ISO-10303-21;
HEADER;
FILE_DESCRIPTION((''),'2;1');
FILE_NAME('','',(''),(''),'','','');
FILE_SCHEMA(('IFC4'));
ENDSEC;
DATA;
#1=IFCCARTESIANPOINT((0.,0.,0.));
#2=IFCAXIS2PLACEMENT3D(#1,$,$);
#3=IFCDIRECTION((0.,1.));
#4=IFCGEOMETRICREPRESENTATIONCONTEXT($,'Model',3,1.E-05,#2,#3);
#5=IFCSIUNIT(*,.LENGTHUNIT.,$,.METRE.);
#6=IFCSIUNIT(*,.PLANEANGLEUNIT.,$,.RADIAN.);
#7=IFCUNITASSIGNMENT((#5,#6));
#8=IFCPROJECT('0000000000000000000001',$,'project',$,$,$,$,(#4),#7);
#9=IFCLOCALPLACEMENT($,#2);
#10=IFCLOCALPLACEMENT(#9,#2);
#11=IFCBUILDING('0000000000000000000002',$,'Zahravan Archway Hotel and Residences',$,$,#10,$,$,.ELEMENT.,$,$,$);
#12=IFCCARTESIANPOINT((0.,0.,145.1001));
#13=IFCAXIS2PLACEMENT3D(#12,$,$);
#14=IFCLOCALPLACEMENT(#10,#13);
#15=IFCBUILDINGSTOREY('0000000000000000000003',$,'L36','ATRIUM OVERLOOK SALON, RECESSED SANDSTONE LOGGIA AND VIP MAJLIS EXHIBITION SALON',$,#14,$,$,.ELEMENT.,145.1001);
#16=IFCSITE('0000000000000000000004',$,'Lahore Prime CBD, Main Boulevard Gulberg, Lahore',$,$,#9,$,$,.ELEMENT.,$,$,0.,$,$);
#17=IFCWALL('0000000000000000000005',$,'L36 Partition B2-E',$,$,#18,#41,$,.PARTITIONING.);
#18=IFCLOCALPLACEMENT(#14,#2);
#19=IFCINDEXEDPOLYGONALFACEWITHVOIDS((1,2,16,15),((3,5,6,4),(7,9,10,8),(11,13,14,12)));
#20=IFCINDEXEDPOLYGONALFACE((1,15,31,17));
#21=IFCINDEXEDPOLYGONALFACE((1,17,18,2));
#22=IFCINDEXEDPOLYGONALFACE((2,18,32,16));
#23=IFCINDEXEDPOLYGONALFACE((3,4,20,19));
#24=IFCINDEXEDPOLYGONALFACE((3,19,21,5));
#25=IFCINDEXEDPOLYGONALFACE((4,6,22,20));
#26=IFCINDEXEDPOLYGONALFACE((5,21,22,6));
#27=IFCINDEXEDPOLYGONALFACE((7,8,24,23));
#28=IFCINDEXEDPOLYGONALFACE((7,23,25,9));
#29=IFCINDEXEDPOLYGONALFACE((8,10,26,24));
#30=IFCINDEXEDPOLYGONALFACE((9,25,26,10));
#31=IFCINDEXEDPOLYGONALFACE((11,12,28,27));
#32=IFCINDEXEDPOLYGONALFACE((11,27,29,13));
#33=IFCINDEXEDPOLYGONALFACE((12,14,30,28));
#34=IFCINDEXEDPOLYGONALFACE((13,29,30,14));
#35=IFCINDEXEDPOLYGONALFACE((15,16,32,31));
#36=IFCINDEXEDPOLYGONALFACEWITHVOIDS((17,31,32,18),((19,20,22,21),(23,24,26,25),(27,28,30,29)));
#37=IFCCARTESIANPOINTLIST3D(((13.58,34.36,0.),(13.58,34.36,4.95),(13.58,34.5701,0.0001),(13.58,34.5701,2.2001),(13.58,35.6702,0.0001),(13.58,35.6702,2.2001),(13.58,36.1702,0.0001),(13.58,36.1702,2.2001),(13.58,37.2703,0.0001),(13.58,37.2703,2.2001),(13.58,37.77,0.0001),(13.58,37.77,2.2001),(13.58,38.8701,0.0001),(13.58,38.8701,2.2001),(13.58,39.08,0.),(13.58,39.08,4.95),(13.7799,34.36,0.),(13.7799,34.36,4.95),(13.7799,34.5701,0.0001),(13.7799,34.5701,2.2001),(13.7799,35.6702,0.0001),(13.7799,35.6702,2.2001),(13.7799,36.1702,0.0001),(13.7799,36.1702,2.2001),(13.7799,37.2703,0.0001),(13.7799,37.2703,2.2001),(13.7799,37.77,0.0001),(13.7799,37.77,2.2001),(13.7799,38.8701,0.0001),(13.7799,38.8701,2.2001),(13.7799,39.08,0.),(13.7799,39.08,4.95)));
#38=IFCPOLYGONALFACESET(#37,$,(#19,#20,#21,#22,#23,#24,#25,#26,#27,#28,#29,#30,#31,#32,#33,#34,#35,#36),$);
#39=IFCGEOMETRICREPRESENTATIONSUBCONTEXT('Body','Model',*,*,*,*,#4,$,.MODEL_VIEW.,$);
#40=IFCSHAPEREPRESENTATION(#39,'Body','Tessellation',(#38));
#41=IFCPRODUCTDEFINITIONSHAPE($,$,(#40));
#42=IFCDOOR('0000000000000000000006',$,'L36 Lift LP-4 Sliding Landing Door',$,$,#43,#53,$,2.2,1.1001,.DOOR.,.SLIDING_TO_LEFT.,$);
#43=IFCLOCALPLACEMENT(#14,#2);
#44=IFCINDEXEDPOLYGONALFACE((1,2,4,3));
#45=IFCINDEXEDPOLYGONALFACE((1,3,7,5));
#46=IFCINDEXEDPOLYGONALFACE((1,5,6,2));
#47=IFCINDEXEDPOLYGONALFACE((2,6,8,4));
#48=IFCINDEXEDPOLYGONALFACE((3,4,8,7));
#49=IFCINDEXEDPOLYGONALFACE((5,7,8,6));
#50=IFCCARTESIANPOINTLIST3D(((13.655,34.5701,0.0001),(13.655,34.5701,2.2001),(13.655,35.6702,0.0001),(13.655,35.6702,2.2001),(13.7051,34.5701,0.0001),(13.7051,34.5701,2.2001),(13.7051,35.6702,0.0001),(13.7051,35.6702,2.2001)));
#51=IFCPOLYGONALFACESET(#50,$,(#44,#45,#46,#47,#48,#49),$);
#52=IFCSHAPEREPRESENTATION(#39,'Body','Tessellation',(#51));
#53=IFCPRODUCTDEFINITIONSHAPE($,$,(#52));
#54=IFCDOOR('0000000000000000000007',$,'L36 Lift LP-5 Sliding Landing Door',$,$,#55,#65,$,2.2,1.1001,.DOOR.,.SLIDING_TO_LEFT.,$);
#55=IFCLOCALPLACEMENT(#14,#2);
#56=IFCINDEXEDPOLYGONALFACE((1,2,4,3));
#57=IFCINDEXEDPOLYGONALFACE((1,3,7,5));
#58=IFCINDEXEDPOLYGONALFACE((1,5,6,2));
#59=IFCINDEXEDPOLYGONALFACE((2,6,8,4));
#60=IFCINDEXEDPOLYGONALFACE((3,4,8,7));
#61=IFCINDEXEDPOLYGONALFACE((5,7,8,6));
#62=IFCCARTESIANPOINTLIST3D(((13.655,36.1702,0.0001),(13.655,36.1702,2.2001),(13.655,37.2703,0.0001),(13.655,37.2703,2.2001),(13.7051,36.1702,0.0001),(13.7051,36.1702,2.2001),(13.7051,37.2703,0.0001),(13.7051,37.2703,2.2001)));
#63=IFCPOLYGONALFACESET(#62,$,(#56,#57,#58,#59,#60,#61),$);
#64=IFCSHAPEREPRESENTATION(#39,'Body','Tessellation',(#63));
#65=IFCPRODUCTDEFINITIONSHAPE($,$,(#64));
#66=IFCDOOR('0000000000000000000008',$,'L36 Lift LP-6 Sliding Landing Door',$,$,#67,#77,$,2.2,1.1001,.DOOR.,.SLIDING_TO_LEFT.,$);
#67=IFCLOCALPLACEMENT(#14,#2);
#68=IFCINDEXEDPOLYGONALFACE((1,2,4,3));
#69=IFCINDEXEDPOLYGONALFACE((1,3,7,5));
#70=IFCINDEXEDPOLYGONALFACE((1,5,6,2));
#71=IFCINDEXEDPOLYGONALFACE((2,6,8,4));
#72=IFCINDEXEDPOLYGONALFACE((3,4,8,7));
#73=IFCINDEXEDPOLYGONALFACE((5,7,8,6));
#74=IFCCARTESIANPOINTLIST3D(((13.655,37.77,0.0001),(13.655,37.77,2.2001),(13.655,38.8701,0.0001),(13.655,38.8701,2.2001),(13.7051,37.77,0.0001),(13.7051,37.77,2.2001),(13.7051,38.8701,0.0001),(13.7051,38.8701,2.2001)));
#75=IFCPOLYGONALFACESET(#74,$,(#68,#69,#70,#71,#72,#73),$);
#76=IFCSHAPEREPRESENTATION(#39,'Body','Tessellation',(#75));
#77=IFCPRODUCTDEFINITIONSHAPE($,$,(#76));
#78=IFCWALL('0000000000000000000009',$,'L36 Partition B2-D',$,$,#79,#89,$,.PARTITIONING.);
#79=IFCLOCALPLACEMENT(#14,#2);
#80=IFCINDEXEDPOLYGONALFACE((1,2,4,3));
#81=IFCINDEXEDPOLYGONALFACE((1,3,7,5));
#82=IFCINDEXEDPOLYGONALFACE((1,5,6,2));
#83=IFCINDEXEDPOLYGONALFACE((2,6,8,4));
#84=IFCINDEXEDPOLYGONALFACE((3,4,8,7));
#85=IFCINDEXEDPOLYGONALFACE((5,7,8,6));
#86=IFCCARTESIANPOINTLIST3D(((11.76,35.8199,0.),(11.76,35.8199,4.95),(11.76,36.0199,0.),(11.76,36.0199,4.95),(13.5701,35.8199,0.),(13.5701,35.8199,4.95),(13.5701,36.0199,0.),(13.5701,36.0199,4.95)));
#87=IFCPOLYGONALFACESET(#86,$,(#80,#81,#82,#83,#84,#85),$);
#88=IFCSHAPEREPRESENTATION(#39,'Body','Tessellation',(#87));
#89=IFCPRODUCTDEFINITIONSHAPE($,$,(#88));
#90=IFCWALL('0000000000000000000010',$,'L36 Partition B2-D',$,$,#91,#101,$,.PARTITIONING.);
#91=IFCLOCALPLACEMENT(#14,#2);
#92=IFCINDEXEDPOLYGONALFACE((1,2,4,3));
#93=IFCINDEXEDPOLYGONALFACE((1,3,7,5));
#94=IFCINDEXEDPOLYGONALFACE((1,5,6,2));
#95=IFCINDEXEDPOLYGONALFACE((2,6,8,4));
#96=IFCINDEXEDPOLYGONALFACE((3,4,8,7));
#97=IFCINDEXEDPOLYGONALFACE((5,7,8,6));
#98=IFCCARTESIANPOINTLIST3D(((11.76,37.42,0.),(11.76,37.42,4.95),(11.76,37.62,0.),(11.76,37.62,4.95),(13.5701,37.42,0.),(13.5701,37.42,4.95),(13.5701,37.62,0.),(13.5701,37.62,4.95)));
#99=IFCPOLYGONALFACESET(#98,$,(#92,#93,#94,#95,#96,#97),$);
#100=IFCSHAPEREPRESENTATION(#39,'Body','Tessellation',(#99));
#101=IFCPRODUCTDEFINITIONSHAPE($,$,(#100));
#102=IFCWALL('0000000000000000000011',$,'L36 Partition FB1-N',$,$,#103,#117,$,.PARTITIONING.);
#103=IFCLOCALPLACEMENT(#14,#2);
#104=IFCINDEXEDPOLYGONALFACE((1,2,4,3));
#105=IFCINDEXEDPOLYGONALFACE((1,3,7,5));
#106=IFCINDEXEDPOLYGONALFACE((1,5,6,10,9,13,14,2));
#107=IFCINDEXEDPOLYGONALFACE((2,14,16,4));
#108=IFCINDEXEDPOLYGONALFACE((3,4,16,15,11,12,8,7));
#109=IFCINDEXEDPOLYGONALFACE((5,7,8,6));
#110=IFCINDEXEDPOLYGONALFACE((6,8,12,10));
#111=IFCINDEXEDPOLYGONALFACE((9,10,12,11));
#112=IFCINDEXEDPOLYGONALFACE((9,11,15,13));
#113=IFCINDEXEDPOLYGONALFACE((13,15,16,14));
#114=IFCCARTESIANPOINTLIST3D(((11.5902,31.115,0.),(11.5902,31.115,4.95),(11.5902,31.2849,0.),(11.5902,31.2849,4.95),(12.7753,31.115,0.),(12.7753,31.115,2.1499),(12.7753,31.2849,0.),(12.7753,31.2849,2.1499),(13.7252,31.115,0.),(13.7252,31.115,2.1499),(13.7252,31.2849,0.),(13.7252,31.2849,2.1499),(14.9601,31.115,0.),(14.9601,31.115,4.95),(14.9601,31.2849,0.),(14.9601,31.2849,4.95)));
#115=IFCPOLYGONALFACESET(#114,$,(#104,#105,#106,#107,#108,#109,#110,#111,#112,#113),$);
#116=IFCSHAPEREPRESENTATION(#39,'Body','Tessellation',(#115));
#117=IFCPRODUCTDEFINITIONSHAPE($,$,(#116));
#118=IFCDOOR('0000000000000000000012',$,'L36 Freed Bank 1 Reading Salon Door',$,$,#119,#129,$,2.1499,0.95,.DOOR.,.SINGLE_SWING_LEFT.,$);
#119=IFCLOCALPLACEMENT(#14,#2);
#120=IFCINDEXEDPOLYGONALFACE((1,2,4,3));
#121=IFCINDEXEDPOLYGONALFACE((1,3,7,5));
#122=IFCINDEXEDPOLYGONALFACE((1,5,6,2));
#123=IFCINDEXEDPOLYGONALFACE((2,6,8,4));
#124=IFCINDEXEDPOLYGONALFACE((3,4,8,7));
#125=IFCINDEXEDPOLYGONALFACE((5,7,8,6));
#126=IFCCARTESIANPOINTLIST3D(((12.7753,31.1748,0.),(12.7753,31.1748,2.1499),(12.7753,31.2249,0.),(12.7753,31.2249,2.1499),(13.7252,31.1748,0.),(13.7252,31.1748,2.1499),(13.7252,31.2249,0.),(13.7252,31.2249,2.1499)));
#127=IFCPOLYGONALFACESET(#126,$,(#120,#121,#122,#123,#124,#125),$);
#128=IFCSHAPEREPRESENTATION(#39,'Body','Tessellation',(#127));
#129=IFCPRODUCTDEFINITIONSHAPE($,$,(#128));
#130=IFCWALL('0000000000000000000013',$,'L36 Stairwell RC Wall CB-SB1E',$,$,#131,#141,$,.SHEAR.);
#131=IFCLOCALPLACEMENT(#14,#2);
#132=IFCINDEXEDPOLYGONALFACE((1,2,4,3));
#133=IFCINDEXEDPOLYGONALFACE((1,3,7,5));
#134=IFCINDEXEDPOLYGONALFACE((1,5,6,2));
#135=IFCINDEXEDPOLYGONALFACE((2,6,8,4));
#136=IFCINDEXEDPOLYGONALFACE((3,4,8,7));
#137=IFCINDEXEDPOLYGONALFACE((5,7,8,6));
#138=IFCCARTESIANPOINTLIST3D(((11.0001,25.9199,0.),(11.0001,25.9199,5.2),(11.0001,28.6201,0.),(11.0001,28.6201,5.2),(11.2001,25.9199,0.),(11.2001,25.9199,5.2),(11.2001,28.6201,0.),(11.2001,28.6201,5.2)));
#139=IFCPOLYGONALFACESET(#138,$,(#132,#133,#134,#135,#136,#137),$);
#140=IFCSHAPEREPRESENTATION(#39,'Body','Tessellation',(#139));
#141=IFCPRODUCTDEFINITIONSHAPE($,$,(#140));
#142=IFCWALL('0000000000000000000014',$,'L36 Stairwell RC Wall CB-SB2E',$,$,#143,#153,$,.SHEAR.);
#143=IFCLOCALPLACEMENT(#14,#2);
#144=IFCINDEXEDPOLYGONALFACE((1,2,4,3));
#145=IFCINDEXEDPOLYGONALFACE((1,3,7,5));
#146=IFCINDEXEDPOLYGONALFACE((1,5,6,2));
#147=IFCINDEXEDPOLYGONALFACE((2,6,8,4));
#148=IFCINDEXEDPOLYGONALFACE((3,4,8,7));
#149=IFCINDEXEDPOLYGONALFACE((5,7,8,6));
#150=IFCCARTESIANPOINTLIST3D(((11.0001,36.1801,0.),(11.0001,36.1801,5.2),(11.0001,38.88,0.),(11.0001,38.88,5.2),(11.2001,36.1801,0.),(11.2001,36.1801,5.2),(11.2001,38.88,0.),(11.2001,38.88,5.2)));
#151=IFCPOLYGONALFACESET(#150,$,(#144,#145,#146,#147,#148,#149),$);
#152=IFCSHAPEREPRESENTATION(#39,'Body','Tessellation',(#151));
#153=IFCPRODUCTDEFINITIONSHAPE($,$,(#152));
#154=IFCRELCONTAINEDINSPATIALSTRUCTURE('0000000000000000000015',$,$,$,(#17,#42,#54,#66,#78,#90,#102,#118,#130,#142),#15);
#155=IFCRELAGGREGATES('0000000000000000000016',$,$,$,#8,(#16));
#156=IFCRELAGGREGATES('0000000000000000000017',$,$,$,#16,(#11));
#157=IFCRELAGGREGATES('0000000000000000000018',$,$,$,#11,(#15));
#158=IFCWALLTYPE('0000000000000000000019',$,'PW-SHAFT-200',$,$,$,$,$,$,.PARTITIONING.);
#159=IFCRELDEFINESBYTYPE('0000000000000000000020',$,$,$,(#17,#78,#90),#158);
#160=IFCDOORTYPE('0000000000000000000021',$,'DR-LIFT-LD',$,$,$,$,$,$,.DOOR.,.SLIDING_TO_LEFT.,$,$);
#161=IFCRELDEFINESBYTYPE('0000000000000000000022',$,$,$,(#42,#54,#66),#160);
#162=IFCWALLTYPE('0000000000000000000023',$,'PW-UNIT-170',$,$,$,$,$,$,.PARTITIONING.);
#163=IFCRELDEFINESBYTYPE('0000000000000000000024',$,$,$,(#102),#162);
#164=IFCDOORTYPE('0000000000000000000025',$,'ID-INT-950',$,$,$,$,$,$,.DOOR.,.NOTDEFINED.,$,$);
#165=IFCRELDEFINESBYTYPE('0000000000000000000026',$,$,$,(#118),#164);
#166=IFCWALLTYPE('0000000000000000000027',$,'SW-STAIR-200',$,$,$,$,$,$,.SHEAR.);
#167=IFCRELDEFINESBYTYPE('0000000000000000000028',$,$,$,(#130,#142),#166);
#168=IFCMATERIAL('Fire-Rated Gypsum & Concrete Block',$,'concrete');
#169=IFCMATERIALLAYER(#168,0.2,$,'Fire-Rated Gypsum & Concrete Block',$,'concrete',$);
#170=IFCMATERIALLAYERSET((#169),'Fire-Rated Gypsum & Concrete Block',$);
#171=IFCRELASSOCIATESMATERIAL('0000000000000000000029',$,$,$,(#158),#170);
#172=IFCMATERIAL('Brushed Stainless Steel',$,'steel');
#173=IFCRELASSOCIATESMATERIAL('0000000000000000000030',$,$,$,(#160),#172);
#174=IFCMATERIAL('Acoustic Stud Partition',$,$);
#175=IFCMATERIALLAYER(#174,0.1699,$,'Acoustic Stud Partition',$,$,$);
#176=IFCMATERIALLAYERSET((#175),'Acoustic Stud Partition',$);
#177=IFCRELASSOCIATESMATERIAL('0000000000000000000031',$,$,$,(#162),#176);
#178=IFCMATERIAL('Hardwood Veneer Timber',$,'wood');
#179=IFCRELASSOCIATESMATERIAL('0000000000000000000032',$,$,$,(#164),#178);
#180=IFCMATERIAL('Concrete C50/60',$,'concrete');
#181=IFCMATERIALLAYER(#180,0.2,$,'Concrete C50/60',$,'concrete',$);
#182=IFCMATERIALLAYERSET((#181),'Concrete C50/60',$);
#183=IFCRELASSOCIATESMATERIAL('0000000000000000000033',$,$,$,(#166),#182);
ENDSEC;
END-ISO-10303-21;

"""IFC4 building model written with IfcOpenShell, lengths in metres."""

from ifc_helpers import new_model, si_unit, direction, frame, frame_2d, origin, place, context, subcontext, project, spatial, rectangle, extrude, source, transform, mapped, material, layer, layer_set, type_object, type_shapes, element, fill, save


model = new_model("IFC4")

# Units and contexts
model_context = context("Model", 3, precision=1e-05, world=origin(), true_north=direction((0.0, 1.0)))
body_context = subcontext(model_context, "Body", "Model", "MODEL_VIEW")
ifc_project = project(units=[si_unit("LENGTHUNIT", "METRE"), si_unit("PLANEANGLEUNIT", "RADIAN")], contexts=[model_context])

# Site, building, storey
site_placement = place(None, origin())
site = spatial("IfcSite", under=ifc_project, at=site_placement, Name="Lahore Prime CBD, Main Boulevard Gulberg, Lahore", CompositionType="ELEMENT", RefElevation=0.0)
building_placement = place(site_placement, origin())
building = spatial("IfcBuilding", under=site, at=building_placement, Name="Zahravan Archway Hotel and Residences", CompositionType="ELEMENT")
storey_placement = place(building_placement, frame((0.0, 0.0, 145.1001)))
storey = spatial("IfcBuildingStorey", under=building, at=storey_placement, Name="L36", Description="ATRIUM OVERLOOK SALON, RECESSED SANDSTONE LOGGIA AND VIP MAJLIS EXHIBITION SALON", CompositionType="ELEMENT", Elevation=145.1001)

# Shared definitions
ifc_material_1 = material(Name="Fire-Rated Gypsum & Concrete Block", Category="concrete")
ifc_layer_1 = layer(ifc_material_1, 0.2, Name="Fire-Rated Gypsum & Concrete Block", Category="concrete")
ifc_layer_set_1 = layer_set([ifc_layer_1], Name="Fire-Rated Gypsum & Concrete Block")
wall_type_1 = type_object("IfcWallType", Name="PW-SHAFT-200", PredefinedType="PARTITIONING", material=ifc_layer_set_1)
ifc_material_2 = material(Name="Brushed Stainless Steel", Category="steel")
door_type_1 = type_object("IfcDoorType", Name="DR-LIFT-LD", OperationType="SLIDING_TO_LEFT", PredefinedType="DOOR", material=ifc_material_2)
shared_shape_1 = source(origin(), body_context, "Body", "SweptSolid", [
    extrude(rectangle(XDim=1.1001, YDim=2.2, at=frame_2d((0.55, 1.1001))), frame((0.0, 0.0249, 0.0), z_axis=(0.0, -1.0, 0.0), x_axis=(1.0, 0.0, 0.0)), (0.0, 0.0, 1.0), 0.05),
])
type_shapes(door_type_1, [shared_shape_1])

# Wall, openings, doors
wall_1_placement = place(storey_placement, frame((13.6799, 34.3601, 0.0), z_axis=(0.0, 0.0, 1.0), x_axis=(0.0, 1.0, 0.0)))
wall_1 = element("IfcWall", 1, at=wall_1_placement, inside=storey, type_object=wall_type_1, Name="L36 Partition B2-E", PredefinedType="PARTITIONING", context=body_context, shape_type="SweptSolid", body=[
    extrude(rectangle(XDim=4.72, YDim=0.2, at=frame_2d((2.3599, 0.0))), origin(), (0.0, 0.0, 1.0), 4.95),
])
opening_1_placement = place(wall_1_placement, frame((0.21, 0.0, 0.0)))
opening_1 = element("IfcOpeningElement", 2, at=opening_1_placement, cuts=wall_1, PredefinedType="OPENING", context=body_context, shape_type="SweptSolid", body=[
    extrude(rectangle(XDim=1.1001, YDim=2.2, at=frame_2d((0.55, 1.1001))), frame((0.0, 0.1099, 0.0), z_axis=(0.0, -1.0, 0.0), x_axis=(1.0, 0.0, 0.0)), (0.0, 0.0, 1.0), 0.22),
])
opening_2_placement = place(wall_1_placement, frame((1.8101, 0.0, 0.0)))
opening_2 = element("IfcOpeningElement", 3, at=opening_2_placement, cuts=wall_1, PredefinedType="OPENING", context=body_context, shape_type="SweptSolid", body=[
    extrude(rectangle(XDim=1.1001, YDim=2.2, at=frame_2d((0.55, 1.1001))), frame((0.0, 0.1099, 0.0), z_axis=(0.0, -1.0, 0.0), x_axis=(1.0, 0.0, 0.0)), (0.0, 0.0, 1.0), 0.22),
])
opening_3_placement = place(wall_1_placement, frame((3.4099, 0.0, 0.0)))
opening_3 = element("IfcOpeningElement", 4, at=opening_3_placement, cuts=wall_1, PredefinedType="OPENING", context=body_context, shape_type="SweptSolid", body=[
    extrude(rectangle(XDim=1.1001, YDim=2.2, at=frame_2d((0.55, 1.1001))), frame((0.0, 0.1099, 0.0), z_axis=(0.0, -1.0, 0.0), x_axis=(1.0, 0.0, 0.0)), (0.0, 0.0, 1.0), 0.22),
])
door_1_placement = place(opening_1_placement, origin())
door_1 = element("IfcDoor", 5, at=door_1_placement, inside=storey, type_object=door_type_1, Name="L36 Lift LP-4 Sliding Landing Door", OperationType="SLIDING_TO_LEFT", OverallHeight=2.2, OverallWidth=1.1001, PredefinedType="DOOR", context=body_context, shape_type="MappedRepresentation", body=[
    mapped(shared_shape_1, transform((0.0, 0.0, 0.0), scale=1.0)),
])
fill(opening_1, door_1)
door_2_placement = place(opening_2_placement, origin())
door_2 = element("IfcDoor", 6, at=door_2_placement, inside=storey, type_object=door_type_1, Name="L36 Lift LP-5 Sliding Landing Door", OperationType="SLIDING_TO_LEFT", OverallHeight=2.2, OverallWidth=1.1001, PredefinedType="DOOR", context=body_context, shape_type="MappedRepresentation", body=[
    mapped(shared_shape_1, transform((0.0, 0.0, 0.0), scale=1.0)),
])
fill(opening_2, door_2)
door_3_placement = place(opening_3_placement, origin())
door_3 = element("IfcDoor", 7, at=door_3_placement, inside=storey, type_object=door_type_1, Name="L36 Lift LP-6 Sliding Landing Door", OperationType="SLIDING_TO_LEFT", OverallHeight=2.2, OverallWidth=1.1001, PredefinedType="DOOR", context=body_context, shape_type="MappedRepresentation", body=[
    mapped(shared_shape_1, transform((0.0, 0.0, 0.0), scale=1.0)),
])
fill(opening_3, door_3)

# Walls
for number, where, z_axis, x_axis, name in (
    (8, (11.76, 35.9199, 0.0), (0.0, 0.0, 1.0), (1.0, 0.0, 0.0), "L36 Partition B2-D"),
    (9, (11.76, 37.52, 0.0), (0.0, 0.0, 1.0), (1.0, 0.0, 0.0), "L36 Partition B2-D"),
):
    element("IfcWall", number, at=place(storey_placement, frame(where, z_axis=z_axis, x_axis=x_axis)), inside=storey, type_object=wall_type_1, Name=name, PredefinedType="PARTITIONING", context=body_context, shape_type="SweptSolid", body=[
        extrude(rectangle(XDim=1.8101, YDim=0.2, at=frame_2d((0.905, 0.0))), origin(), (0.0, 0.0, 1.0), 4.95),
    ])

# Wall, opening, door
ifc_material_3 = material(Name="Acoustic Stud Partition")
ifc_layer_2 = layer(ifc_material_3, 0.1699, Name="Acoustic Stud Partition")
ifc_layer_set_2 = layer_set([ifc_layer_2], Name="Acoustic Stud Partition")
wall_type_2 = type_object("IfcWallType", Name="PW-UNIT-170", PredefinedType="PARTITIONING", material=ifc_layer_set_2)
wall_2_placement = place(storey_placement, frame((11.5901, 31.2, 0.0), z_axis=(0.0, 0.0, 1.0), x_axis=(1.0, 0.0, 0.0)))
wall_2 = element("IfcWall", 10, at=wall_2_placement, inside=storey, type_object=wall_type_2, Name="L36 Partition FB1-N", PredefinedType="PARTITIONING", context=body_context, shape_type="SweptSolid", body=[
    extrude(rectangle(XDim=3.3699, YDim=0.1699, at=frame_2d((1.6851, 0.0))), origin(), (0.0, 0.0, 1.0), 4.95),
])
opening_4_placement = place(wall_2_placement, frame((1.1851, 0.0, 0.0)))
opening_4 = element("IfcOpeningElement", 11, at=opening_4_placement, cuts=wall_2, PredefinedType="OPENING", context=body_context, shape_type="SweptSolid", body=[
    extrude(rectangle(XDim=0.95, YDim=2.1499, at=frame_2d((0.4751, 1.075))), frame((0.0, 0.095, 0.0), z_axis=(0.0, -1.0, 0.0), x_axis=(1.0, 0.0, 0.0)), (0.0, 0.0, 1.0), 0.1899),
])
ifc_material_4 = material(Name="Hardwood Veneer Timber", Category="wood")
door_type_2 = type_object("IfcDoorType", Name="ID-INT-950", OperationType="NOTDEFINED", PredefinedType="DOOR", material=ifc_material_4)
shared_shape_2 = source(origin(), body_context, "Body", "SweptSolid", [
    extrude(rectangle(XDim=0.95, YDim=2.1499, at=frame_2d((0.4751, 1.075))), frame((0.0, 0.0249, 0.0), z_axis=(0.0, -1.0, 0.0), x_axis=(1.0, 0.0, 0.0)), (0.0, 0.0, 1.0), 0.05),
])
type_shapes(door_type_2, [shared_shape_2])
door_4_placement = place(opening_4_placement, origin())
door_4 = element("IfcDoor", 12, at=door_4_placement, inside=storey, type_object=door_type_2, Name="L36 Freed Bank 1 Reading Salon Door", OperationType="SINGLE_SWING_LEFT", OverallHeight=2.1499, OverallWidth=0.95, PredefinedType="DOOR", context=body_context, shape_type="MappedRepresentation", body=[
    mapped(shared_shape_2, transform((0.0, 0.0, 0.0), scale=1.0)),
])
fill(opening_4, door_4)

# Walls
ifc_material_5 = material(Name="Concrete C50/60", Category="concrete")
ifc_layer_3 = layer(ifc_material_5, 0.2, Name="Concrete C50/60", Category="concrete")
ifc_layer_set_3 = layer_set([ifc_layer_3], Name="Concrete C50/60")
wall_type_3 = type_object("IfcWallType", Name="SW-STAIR-200", PredefinedType="SHEAR", material=ifc_layer_set_3)
wall_3_placement = place(storey_placement, frame((11.1001, 25.9199, 0.0), z_axis=(0.0, 0.0, 1.0), x_axis=(0.0, 1.0, 0.0)))
element("IfcWall", 13, at=wall_3_placement, inside=storey, type_object=wall_type_3, Name="L36 Stairwell RC Wall CB-SB1E", PredefinedType="SHEAR", context=body_context, shape_type="SweptSolid", body=[
    extrude(rectangle(XDim=2.7002, YDim=0.2, at=frame_2d((1.3501, 0.0))), origin(), (0.0, 0.0, 1.0), 5.2),
])
wall_4_placement = place(storey_placement, frame((11.1001, 36.1799, 0.0), z_axis=(0.0, 0.0, 1.0), x_axis=(0.0, 1.0, 0.0)))
element("IfcWall", 14, at=wall_4_placement, inside=storey, type_object=wall_type_3, Name="L36 Stairwell RC Wall CB-SB2E", PredefinedType="SHEAR", context=body_context, shape_type="SweptSolid", body=[
    extrude(rectangle(XDim=2.7, YDim=0.2, at=frame_2d((1.3501, 0.0))), origin(), (0.0, 0.0, 1.0), 5.2),
])

save(model, "model.ifc")
